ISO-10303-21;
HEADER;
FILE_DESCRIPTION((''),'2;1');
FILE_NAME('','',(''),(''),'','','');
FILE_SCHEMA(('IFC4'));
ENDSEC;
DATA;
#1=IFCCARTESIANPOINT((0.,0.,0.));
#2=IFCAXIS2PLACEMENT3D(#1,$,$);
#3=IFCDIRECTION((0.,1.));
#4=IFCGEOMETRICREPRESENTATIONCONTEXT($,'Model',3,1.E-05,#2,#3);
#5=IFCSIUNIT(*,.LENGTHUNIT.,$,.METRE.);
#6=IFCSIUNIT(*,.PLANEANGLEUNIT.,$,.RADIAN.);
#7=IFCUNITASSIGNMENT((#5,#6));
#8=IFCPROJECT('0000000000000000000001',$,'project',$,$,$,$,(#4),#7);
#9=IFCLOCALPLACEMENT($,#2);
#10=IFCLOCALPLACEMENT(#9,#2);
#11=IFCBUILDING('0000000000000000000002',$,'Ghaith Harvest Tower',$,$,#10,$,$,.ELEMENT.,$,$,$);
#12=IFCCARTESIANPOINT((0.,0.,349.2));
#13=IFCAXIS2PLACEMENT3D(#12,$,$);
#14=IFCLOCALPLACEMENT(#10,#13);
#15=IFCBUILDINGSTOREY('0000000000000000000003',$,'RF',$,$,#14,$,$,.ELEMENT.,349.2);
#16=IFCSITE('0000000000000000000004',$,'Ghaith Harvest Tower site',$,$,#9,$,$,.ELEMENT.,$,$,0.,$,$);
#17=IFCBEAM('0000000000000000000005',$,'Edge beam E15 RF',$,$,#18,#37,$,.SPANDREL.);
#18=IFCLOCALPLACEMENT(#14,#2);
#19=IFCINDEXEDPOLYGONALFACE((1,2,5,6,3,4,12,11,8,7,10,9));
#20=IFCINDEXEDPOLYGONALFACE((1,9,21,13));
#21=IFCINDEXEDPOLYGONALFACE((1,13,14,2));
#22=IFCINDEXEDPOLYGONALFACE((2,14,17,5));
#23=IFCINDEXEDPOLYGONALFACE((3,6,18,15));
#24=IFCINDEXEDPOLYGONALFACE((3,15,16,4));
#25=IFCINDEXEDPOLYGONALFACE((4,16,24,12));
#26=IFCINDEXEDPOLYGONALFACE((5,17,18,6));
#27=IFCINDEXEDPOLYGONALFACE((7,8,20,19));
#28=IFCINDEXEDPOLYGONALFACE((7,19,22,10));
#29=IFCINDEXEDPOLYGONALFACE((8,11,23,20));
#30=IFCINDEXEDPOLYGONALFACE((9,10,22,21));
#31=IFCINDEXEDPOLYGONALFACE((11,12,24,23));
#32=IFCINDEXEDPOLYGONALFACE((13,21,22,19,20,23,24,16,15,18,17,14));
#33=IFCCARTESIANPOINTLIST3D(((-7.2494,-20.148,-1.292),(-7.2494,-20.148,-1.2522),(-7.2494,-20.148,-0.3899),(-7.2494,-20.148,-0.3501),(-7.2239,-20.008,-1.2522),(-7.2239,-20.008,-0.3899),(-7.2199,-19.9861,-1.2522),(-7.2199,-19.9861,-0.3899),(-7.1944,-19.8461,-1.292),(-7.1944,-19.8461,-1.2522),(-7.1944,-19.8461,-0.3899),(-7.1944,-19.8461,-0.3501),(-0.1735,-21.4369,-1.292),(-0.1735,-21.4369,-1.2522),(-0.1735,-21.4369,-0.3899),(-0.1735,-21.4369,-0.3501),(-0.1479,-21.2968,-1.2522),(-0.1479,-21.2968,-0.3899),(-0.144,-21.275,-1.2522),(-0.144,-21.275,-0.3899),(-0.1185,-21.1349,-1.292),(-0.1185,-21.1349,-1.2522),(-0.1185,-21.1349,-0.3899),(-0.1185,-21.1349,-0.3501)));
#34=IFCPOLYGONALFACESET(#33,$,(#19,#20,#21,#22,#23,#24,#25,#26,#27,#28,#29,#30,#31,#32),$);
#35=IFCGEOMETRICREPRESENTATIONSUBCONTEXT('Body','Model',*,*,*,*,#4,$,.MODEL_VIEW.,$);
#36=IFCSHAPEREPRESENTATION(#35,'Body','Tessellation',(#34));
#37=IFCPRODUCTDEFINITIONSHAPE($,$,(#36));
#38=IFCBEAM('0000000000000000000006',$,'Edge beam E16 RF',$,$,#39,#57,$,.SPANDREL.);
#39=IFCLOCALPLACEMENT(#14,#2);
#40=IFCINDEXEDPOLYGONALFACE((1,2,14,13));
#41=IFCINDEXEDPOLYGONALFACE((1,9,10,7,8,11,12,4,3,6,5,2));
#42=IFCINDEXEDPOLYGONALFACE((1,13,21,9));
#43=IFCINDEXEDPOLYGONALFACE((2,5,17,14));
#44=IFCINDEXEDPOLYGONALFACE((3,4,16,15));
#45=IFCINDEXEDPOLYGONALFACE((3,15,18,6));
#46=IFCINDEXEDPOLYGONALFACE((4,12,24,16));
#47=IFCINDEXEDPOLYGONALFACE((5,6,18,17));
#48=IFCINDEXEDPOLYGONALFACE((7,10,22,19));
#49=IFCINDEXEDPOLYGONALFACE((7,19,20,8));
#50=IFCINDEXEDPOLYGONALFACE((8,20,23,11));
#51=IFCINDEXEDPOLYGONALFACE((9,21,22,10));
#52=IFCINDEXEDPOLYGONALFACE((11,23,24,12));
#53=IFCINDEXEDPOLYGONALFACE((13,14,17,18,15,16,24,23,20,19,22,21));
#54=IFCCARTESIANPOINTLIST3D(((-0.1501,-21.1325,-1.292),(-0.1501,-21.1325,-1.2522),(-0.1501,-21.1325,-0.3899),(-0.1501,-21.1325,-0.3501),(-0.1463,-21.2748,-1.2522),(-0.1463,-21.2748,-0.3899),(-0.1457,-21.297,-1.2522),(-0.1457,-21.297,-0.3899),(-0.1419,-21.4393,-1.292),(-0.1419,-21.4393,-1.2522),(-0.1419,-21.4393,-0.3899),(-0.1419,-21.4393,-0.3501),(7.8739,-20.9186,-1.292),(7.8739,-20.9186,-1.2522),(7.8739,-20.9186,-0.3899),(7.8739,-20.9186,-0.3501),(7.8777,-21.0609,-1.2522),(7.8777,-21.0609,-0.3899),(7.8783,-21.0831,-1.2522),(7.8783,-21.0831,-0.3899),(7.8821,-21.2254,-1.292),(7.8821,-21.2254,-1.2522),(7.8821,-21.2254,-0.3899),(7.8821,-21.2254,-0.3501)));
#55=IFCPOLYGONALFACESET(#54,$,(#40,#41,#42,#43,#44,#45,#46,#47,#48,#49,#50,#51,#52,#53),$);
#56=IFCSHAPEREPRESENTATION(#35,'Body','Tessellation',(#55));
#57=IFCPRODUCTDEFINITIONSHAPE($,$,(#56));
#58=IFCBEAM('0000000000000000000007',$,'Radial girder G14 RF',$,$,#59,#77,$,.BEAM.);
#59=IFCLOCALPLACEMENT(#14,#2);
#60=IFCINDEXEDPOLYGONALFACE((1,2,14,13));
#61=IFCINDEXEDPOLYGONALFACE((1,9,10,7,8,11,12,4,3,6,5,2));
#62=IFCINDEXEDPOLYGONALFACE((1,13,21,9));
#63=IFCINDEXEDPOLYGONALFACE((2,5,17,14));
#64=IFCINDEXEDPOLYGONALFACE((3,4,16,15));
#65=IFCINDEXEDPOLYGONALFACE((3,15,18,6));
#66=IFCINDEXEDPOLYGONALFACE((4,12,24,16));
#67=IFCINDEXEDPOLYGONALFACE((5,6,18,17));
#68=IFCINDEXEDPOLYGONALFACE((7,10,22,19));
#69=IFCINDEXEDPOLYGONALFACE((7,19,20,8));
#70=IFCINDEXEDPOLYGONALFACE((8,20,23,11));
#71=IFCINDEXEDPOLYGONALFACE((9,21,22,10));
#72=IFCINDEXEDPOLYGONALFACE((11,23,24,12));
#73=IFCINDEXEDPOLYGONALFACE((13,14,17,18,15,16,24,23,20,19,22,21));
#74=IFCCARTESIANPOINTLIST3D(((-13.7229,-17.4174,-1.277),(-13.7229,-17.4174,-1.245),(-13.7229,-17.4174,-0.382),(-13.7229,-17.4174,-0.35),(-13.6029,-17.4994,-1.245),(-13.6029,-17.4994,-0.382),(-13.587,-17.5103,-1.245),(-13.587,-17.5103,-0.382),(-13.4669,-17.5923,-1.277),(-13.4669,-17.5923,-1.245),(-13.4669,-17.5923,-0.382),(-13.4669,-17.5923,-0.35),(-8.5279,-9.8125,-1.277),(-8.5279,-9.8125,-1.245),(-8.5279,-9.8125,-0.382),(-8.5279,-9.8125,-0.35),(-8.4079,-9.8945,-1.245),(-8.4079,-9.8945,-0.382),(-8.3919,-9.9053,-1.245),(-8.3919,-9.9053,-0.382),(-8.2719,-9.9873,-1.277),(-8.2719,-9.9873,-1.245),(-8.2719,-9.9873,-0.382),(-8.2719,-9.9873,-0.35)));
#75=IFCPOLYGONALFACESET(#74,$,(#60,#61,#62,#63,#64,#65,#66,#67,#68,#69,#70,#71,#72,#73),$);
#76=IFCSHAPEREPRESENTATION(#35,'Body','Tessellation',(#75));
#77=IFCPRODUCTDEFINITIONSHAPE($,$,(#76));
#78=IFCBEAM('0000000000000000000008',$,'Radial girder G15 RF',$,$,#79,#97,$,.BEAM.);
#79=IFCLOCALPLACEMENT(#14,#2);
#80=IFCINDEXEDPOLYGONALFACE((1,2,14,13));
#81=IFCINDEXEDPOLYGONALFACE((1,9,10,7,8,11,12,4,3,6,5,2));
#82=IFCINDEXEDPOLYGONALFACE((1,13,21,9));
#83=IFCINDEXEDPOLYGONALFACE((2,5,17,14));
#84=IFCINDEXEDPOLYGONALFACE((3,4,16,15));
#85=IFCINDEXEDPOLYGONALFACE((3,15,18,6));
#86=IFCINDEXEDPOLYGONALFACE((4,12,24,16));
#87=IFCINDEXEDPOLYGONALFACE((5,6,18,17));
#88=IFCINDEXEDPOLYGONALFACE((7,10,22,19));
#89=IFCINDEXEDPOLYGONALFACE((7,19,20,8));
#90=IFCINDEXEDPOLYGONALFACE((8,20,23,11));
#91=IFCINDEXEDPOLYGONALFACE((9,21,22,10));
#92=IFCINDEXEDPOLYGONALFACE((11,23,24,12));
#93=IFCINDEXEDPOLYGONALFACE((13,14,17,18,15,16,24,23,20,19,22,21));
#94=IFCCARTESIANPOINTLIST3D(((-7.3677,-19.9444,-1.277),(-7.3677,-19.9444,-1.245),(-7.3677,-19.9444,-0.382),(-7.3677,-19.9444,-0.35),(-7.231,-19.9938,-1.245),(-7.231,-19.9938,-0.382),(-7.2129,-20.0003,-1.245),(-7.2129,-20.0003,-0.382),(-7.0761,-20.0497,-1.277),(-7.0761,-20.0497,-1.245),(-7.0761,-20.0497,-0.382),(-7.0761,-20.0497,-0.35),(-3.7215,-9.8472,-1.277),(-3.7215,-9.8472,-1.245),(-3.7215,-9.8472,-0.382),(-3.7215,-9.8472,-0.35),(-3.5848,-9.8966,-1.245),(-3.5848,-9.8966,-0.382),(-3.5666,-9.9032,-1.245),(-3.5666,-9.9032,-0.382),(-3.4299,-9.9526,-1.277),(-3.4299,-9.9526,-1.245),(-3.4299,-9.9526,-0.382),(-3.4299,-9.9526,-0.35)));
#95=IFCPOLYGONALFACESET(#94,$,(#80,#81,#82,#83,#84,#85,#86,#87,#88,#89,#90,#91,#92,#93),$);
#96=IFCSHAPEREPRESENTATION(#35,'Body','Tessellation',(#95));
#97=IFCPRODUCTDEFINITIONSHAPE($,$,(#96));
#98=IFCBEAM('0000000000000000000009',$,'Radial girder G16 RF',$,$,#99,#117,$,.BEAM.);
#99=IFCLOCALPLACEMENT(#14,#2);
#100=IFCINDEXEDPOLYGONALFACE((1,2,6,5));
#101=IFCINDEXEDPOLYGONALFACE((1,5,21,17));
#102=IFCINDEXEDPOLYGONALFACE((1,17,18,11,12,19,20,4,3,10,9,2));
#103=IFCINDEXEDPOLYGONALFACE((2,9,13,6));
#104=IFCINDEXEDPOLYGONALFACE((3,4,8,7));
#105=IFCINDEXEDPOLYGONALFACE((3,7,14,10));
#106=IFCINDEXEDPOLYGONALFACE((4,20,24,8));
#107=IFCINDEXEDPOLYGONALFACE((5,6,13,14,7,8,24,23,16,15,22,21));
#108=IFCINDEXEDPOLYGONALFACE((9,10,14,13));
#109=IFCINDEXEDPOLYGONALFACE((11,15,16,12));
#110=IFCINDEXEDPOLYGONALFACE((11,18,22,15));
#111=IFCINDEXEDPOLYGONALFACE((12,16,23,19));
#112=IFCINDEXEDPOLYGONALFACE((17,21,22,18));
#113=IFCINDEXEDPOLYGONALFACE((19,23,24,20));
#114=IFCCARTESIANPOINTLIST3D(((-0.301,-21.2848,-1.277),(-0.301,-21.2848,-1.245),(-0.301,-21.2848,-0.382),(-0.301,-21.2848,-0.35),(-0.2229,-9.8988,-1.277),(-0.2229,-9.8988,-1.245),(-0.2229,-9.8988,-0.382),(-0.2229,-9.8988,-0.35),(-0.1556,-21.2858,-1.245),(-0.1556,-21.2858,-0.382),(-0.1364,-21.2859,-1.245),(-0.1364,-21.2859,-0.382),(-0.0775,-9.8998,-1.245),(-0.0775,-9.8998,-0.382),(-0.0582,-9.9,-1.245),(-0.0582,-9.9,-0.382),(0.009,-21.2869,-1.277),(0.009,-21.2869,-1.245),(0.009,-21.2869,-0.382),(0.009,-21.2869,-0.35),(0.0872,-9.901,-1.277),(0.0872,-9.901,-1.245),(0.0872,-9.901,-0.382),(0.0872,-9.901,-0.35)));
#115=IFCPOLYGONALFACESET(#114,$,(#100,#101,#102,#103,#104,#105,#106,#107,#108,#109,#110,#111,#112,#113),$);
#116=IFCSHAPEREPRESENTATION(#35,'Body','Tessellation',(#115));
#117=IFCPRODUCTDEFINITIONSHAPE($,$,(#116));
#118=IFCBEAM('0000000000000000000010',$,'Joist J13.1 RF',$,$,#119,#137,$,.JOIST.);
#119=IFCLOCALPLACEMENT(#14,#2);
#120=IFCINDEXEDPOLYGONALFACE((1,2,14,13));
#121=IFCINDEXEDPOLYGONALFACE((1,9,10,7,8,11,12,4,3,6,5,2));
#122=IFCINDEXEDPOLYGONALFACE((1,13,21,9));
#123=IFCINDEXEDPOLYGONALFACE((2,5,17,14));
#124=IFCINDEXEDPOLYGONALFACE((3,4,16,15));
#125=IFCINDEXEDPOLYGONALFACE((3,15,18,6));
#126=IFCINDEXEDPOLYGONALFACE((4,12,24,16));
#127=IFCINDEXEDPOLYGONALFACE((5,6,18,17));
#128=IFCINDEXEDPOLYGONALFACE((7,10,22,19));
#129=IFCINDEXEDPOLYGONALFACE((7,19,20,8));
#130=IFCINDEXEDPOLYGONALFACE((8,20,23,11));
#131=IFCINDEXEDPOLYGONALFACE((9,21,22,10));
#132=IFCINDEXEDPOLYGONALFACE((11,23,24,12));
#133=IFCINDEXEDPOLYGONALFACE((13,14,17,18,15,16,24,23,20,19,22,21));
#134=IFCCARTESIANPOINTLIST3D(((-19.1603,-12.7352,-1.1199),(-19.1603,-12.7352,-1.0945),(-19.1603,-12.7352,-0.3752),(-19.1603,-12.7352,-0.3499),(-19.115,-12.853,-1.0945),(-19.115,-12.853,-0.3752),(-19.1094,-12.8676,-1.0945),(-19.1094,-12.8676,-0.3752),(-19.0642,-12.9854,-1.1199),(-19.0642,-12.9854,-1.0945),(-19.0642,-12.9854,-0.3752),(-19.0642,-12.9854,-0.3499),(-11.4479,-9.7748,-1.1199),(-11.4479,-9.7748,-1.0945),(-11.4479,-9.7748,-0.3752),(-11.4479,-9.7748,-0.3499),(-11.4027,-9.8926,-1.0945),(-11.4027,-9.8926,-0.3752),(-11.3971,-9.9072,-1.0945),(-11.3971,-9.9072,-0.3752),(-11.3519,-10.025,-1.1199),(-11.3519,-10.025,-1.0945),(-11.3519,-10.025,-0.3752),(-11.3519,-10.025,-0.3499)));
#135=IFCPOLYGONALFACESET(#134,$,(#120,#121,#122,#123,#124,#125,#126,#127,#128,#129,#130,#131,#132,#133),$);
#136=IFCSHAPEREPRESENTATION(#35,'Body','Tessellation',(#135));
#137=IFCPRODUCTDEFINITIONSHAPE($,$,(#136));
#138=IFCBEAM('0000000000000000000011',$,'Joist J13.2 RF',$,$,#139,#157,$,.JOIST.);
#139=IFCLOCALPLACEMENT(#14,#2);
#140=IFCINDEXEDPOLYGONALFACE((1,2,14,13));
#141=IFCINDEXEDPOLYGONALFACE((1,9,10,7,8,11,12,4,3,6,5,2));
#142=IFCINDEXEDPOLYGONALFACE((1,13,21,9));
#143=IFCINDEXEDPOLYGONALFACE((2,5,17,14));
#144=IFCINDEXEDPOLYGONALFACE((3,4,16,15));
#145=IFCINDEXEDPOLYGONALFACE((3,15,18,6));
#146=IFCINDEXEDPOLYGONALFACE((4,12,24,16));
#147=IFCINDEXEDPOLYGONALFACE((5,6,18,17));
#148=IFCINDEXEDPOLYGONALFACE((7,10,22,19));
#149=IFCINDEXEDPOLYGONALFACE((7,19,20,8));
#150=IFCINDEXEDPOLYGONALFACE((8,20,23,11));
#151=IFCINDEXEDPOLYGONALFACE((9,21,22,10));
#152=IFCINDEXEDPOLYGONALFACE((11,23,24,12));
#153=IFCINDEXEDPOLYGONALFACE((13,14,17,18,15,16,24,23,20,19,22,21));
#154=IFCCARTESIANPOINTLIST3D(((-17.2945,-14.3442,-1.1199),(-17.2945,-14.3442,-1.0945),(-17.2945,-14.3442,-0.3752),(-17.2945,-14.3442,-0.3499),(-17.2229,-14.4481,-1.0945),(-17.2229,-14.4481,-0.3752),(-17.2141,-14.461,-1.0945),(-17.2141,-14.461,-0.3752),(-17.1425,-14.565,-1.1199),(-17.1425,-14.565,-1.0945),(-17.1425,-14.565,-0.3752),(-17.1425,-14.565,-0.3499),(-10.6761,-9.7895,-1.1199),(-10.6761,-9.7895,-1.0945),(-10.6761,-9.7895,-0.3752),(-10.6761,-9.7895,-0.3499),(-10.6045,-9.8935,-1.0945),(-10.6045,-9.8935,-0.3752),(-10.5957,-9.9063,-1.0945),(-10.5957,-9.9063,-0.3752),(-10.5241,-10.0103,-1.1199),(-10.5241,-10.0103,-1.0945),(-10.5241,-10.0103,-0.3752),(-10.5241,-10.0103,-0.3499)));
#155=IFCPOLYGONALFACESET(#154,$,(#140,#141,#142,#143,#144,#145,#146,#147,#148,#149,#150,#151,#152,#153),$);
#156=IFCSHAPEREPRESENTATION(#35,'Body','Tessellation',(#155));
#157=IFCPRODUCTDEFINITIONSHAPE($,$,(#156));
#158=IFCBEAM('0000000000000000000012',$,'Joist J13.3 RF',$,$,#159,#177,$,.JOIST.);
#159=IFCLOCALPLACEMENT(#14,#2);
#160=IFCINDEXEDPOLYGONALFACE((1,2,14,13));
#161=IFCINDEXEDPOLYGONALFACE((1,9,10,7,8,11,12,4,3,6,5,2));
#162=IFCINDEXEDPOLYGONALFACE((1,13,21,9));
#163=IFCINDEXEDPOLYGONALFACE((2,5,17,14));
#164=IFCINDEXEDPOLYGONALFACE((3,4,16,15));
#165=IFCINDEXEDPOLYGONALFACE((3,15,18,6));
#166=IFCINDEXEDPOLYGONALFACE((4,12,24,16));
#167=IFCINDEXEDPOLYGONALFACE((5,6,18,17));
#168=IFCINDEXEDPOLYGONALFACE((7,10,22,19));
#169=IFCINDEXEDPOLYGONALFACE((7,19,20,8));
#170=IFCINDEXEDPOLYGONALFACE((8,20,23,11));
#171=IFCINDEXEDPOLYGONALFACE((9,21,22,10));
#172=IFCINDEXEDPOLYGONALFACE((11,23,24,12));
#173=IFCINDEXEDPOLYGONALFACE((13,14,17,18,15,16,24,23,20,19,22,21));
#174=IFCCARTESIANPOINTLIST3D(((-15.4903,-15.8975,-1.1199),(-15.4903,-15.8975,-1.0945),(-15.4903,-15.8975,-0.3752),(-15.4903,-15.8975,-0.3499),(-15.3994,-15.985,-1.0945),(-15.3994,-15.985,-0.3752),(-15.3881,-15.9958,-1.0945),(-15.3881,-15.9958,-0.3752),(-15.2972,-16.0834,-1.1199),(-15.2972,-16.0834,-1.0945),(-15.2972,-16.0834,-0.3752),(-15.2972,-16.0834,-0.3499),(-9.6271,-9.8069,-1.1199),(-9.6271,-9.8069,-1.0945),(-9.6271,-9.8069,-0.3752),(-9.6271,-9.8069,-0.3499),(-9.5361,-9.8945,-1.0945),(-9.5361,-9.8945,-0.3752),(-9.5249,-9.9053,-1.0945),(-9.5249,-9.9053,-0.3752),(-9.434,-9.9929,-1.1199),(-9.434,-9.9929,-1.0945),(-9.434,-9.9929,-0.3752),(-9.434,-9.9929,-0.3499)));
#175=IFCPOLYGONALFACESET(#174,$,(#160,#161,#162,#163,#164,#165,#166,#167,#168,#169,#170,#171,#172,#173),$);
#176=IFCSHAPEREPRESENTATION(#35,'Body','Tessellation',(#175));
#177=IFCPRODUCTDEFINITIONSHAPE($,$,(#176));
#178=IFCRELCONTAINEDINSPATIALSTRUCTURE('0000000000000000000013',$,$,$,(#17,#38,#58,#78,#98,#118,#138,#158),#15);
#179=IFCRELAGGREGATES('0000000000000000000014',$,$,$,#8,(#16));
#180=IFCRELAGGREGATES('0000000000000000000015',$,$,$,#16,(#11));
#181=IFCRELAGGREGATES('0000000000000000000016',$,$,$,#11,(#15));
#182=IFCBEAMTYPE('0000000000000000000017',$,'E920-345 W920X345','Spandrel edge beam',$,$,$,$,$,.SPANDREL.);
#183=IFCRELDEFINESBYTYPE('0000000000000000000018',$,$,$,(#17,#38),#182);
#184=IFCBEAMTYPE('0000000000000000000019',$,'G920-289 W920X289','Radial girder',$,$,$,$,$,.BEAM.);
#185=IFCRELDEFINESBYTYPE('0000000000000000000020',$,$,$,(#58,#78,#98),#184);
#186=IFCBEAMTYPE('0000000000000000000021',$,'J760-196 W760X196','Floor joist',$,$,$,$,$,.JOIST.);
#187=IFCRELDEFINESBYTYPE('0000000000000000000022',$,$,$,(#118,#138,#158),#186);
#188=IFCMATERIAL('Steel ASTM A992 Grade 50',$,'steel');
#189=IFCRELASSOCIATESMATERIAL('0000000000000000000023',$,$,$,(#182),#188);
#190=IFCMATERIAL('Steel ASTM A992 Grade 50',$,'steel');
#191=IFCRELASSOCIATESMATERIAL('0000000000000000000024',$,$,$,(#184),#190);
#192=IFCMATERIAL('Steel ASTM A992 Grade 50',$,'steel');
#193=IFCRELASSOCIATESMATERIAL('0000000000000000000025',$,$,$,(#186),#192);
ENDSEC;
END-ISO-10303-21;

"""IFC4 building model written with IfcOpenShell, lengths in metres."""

from ifc_helpers import new_model, si_unit, direction, frame, origin, origin_2d, place, context, subcontext, project, spatial, i_section, extrude, material, material_profile, profile_set, type_object, element, save


model = new_model("IFC4")

# Units and contexts
model_context = context("Model", 3, precision=1e-05, world=origin(), true_north=direction((0.0, 1.0)))
body_context = subcontext(model_context, "Body", "Model", "MODEL_VIEW")
ifc_project = project(units=[si_unit("LENGTHUNIT", "METRE"), si_unit("PLANEANGLEUNIT", "RADIAN")], contexts=[model_context])

# Site, building, storey
site_placement = place(None, origin())
site = spatial("IfcSite", under=ifc_project, at=site_placement, Name="Ghaith Harvest Tower site", CompositionType="ELEMENT", RefElevation=0.0)
building_placement = place(site_placement, origin())
building = spatial("IfcBuilding", under=site, at=building_placement, Name="Ghaith Harvest Tower", CompositionType="ELEMENT")
storey_placement = place(building_placement, frame((0.0, 0.0, 349.2)))
storey = spatial("IfcBuildingStorey", under=building, at=storey_placement, Name="RF", CompositionType="ELEMENT", Elevation=349.2)

# Beams
ifc_material_1 = material(Name="Steel ASTM A992 Grade 50", Category="steel")
ifc_material_profile_1 = material_profile(ifc_material_1, i_section(OverallWidth=0.3069, OverallDepth=0.9419, WebThickness=0.0222, FlangeThickness=0.0398, at=origin_2d()), Name="W920X345")
ifc_profile_set_1 = profile_set([ifc_material_profile_1], Name="Steel ASTM A992 Grade 50")
beam_type_1 = type_object("IfcBeamType", Name="E920-345 W920X345", Description="Spandrel edge beam", PredefinedType="SPANDREL", material=ifc_profile_set_1)
beam_1_placement = place(storey_placement, frame((-7.2219, -19.9971, -0.821), z_axis=(0.983814, -0.179193, 0.0), x_axis=(0.179193, 0.983814, 0.0)))
element("IfcBeam", 1, at=beam_1_placement, inside=storey, type_object=beam_type_1, Name="Edge beam E15 RF", PredefinedType="SPANDREL", context=body_context, shape_type="SweptSolid", body=[
    extrude(i_section(OverallWidth=0.3069, OverallDepth=0.9419, WebThickness=0.0222, FlangeThickness=0.0398, at=origin_2d()), origin(), (0.0, 0.0, 1.0), 7.1924),
])
beam_2_placement = place(storey_placement, frame((-0.146, -21.2859, -0.821), z_axis=(0.999645, 0.026644, 0.0), x_axis=(-0.026644, 0.999645, 0.0)))
element("IfcBeam", 2, at=beam_2_placement, inside=storey, type_object=beam_type_1, Name="Edge beam E16 RF", PredefinedType="SPANDREL", context=body_context, shape_type="SweptSolid", body=[
    extrude(i_section(OverallWidth=0.3069, OverallDepth=0.9419, WebThickness=0.0222, FlangeThickness=0.0398, at=origin_2d()), origin(), (0.0, 0.0, 1.0), 8.0269),
])
ifc_material_2 = material(Name="Steel ASTM A992 Grade 50", Category="steel")
ifc_material_profile_2 = material_profile(ifc_material_2, i_section(OverallWidth=0.3101, OverallDepth=0.927, WebThickness=0.0193, FlangeThickness=0.032, at=origin_2d()), Name="W920X289")
ifc_profile_set_2 = profile_set([ifc_material_profile_2], Name="Steel ASTM A992 Grade 50")
beam_type_2 = type_object("IfcBeamType", Name="G920-289 W920X289", Description="Radial girder", PredefinedType="BEAM", material=ifc_profile_set_2)
beam_3_placement = place(storey_placement, frame((-8.3999, -9.8999, -0.8135), z_axis=(-0.564067, -0.825729, 0.0), x_axis=(0.825729, -0.564067, 0.0)))
element("IfcBeam", 3, at=beam_3_placement, inside=storey, type_object=beam_type_2, Name="Radial girder G14 RF", PredefinedType="BEAM", context=body_context, shape_type="SweptSolid", body=[
    extrude(i_section(OverallWidth=0.3101, OverallDepth=0.927, WebThickness=0.0193, FlangeThickness=0.032, at=origin_2d()), origin(), (0.0, 0.0, 1.0), 9.21),
])
beam_4_placement = place(storey_placement, frame((-3.5757, -9.8999, -0.8135), z_axis=(-0.339648, -0.940553, 0.0), x_axis=(0.940553, -0.339648, 0.0)))
element("IfcBeam", 4, at=beam_4_placement, inside=storey, type_object=beam_type_2, Name="Radial girder G15 RF", PredefinedType="BEAM", context=body_context, shape_type="SweptSolid", body=[
    extrude(i_section(OverallWidth=0.3101, OverallDepth=0.927, WebThickness=0.0193, FlangeThickness=0.032, at=origin_2d()), origin(), (0.0, 0.0, 1.0), 10.7354),
])
beam_5_placement = place(storey_placement, frame((-0.0679, -9.8999, -0.8135), z_axis=(-0.006861, -0.999976, 0.0), x_axis=(0.999976, -0.006861, 0.0)))
element("IfcBeam", 5, at=beam_5_placement, inside=storey, type_object=beam_type_2, Name="Radial girder G16 RF", PredefinedType="BEAM", context=body_context, shape_type="SweptSolid", body=[
    extrude(i_section(OverallWidth=0.3101, OverallDepth=0.927, WebThickness=0.0193, FlangeThickness=0.032, at=origin_2d()), origin(), (0.0, 0.0, 1.0), 11.3862),
])
ifc_material_3 = material(Name="Steel ASTM A992 Grade 50", Category="steel")
ifc_material_profile_3 = material_profile(ifc_material_3, i_section(OverallWidth=0.2681, OverallDepth=0.77, WebThickness=0.0156, FlangeThickness=0.0254, at=origin_2d()), Name="W760X196")
ifc_profile_set_3 = profile_set([ifc_material_profile_3], Name="Steel ASTM A992 Grade 50")
beam_type_3 = type_object("IfcBeamType", Name="J760-196 W760X196", Description="Floor joist", PredefinedType="JOIST", material=ifc_profile_set_3)
beam_6_placement = place(storey_placement, frame((-11.3999, -9.8999, -0.7349), z_axis=(-0.933583, -0.358361, 0.0), x_axis=(0.358361, -0.933583, 0.0)))
element("IfcBeam", 6, at=beam_6_placement, inside=storey, type_object=beam_type_3, Name="Joist J13.1 RF", PredefinedType="JOIST", context=body_context, shape_type="SweptSolid", body=[
    extrude(i_section(OverallWidth=0.2681, OverallDepth=0.77, WebThickness=0.0156, FlangeThickness=0.0254, at=origin_2d()), origin(), (0.0, 0.0, 1.0), 8.261),
])
beam_7_placement = place(storey_placement, frame((-10.6001, -9.8999, -0.7349), z_axis=(-0.823779, -0.566912, 0.0), x_axis=(0.566912, -0.823779, 0.0)))
element("IfcBeam", 7, at=beam_7_placement, inside=storey, type_object=beam_type_3, Name="Joist J13.2 RF", PredefinedType="JOIST", context=body_context, shape_type="SweptSolid", body=[
    extrude(i_section(OverallWidth=0.2681, OverallDepth=0.77, WebThickness=0.0156, FlangeThickness=0.0254, at=origin_2d()), origin(), (0.0, 0.0, 1.0), 8.0342),
])
beam_8_placement = place(storey_placement, frame((-9.5305, -9.8999, -0.7349), z_axis=(-0.693536, -0.720422, 0.0), x_axis=(0.720422, -0.693536, 0.0)))
element("IfcBeam", 8, at=beam_8_placement, inside=storey, type_object=beam_type_3, Name="Joist J13.3 RF", PredefinedType="JOIST", context=body_context, shape_type="SweptSolid", body=[
    extrude(i_section(OverallWidth=0.2681, OverallDepth=0.77, WebThickness=0.0156, FlangeThickness=0.0254, at=origin_2d()), origin(), (0.0, 0.0, 1.0), 8.4541),
])

save(model, "model.ifc")
